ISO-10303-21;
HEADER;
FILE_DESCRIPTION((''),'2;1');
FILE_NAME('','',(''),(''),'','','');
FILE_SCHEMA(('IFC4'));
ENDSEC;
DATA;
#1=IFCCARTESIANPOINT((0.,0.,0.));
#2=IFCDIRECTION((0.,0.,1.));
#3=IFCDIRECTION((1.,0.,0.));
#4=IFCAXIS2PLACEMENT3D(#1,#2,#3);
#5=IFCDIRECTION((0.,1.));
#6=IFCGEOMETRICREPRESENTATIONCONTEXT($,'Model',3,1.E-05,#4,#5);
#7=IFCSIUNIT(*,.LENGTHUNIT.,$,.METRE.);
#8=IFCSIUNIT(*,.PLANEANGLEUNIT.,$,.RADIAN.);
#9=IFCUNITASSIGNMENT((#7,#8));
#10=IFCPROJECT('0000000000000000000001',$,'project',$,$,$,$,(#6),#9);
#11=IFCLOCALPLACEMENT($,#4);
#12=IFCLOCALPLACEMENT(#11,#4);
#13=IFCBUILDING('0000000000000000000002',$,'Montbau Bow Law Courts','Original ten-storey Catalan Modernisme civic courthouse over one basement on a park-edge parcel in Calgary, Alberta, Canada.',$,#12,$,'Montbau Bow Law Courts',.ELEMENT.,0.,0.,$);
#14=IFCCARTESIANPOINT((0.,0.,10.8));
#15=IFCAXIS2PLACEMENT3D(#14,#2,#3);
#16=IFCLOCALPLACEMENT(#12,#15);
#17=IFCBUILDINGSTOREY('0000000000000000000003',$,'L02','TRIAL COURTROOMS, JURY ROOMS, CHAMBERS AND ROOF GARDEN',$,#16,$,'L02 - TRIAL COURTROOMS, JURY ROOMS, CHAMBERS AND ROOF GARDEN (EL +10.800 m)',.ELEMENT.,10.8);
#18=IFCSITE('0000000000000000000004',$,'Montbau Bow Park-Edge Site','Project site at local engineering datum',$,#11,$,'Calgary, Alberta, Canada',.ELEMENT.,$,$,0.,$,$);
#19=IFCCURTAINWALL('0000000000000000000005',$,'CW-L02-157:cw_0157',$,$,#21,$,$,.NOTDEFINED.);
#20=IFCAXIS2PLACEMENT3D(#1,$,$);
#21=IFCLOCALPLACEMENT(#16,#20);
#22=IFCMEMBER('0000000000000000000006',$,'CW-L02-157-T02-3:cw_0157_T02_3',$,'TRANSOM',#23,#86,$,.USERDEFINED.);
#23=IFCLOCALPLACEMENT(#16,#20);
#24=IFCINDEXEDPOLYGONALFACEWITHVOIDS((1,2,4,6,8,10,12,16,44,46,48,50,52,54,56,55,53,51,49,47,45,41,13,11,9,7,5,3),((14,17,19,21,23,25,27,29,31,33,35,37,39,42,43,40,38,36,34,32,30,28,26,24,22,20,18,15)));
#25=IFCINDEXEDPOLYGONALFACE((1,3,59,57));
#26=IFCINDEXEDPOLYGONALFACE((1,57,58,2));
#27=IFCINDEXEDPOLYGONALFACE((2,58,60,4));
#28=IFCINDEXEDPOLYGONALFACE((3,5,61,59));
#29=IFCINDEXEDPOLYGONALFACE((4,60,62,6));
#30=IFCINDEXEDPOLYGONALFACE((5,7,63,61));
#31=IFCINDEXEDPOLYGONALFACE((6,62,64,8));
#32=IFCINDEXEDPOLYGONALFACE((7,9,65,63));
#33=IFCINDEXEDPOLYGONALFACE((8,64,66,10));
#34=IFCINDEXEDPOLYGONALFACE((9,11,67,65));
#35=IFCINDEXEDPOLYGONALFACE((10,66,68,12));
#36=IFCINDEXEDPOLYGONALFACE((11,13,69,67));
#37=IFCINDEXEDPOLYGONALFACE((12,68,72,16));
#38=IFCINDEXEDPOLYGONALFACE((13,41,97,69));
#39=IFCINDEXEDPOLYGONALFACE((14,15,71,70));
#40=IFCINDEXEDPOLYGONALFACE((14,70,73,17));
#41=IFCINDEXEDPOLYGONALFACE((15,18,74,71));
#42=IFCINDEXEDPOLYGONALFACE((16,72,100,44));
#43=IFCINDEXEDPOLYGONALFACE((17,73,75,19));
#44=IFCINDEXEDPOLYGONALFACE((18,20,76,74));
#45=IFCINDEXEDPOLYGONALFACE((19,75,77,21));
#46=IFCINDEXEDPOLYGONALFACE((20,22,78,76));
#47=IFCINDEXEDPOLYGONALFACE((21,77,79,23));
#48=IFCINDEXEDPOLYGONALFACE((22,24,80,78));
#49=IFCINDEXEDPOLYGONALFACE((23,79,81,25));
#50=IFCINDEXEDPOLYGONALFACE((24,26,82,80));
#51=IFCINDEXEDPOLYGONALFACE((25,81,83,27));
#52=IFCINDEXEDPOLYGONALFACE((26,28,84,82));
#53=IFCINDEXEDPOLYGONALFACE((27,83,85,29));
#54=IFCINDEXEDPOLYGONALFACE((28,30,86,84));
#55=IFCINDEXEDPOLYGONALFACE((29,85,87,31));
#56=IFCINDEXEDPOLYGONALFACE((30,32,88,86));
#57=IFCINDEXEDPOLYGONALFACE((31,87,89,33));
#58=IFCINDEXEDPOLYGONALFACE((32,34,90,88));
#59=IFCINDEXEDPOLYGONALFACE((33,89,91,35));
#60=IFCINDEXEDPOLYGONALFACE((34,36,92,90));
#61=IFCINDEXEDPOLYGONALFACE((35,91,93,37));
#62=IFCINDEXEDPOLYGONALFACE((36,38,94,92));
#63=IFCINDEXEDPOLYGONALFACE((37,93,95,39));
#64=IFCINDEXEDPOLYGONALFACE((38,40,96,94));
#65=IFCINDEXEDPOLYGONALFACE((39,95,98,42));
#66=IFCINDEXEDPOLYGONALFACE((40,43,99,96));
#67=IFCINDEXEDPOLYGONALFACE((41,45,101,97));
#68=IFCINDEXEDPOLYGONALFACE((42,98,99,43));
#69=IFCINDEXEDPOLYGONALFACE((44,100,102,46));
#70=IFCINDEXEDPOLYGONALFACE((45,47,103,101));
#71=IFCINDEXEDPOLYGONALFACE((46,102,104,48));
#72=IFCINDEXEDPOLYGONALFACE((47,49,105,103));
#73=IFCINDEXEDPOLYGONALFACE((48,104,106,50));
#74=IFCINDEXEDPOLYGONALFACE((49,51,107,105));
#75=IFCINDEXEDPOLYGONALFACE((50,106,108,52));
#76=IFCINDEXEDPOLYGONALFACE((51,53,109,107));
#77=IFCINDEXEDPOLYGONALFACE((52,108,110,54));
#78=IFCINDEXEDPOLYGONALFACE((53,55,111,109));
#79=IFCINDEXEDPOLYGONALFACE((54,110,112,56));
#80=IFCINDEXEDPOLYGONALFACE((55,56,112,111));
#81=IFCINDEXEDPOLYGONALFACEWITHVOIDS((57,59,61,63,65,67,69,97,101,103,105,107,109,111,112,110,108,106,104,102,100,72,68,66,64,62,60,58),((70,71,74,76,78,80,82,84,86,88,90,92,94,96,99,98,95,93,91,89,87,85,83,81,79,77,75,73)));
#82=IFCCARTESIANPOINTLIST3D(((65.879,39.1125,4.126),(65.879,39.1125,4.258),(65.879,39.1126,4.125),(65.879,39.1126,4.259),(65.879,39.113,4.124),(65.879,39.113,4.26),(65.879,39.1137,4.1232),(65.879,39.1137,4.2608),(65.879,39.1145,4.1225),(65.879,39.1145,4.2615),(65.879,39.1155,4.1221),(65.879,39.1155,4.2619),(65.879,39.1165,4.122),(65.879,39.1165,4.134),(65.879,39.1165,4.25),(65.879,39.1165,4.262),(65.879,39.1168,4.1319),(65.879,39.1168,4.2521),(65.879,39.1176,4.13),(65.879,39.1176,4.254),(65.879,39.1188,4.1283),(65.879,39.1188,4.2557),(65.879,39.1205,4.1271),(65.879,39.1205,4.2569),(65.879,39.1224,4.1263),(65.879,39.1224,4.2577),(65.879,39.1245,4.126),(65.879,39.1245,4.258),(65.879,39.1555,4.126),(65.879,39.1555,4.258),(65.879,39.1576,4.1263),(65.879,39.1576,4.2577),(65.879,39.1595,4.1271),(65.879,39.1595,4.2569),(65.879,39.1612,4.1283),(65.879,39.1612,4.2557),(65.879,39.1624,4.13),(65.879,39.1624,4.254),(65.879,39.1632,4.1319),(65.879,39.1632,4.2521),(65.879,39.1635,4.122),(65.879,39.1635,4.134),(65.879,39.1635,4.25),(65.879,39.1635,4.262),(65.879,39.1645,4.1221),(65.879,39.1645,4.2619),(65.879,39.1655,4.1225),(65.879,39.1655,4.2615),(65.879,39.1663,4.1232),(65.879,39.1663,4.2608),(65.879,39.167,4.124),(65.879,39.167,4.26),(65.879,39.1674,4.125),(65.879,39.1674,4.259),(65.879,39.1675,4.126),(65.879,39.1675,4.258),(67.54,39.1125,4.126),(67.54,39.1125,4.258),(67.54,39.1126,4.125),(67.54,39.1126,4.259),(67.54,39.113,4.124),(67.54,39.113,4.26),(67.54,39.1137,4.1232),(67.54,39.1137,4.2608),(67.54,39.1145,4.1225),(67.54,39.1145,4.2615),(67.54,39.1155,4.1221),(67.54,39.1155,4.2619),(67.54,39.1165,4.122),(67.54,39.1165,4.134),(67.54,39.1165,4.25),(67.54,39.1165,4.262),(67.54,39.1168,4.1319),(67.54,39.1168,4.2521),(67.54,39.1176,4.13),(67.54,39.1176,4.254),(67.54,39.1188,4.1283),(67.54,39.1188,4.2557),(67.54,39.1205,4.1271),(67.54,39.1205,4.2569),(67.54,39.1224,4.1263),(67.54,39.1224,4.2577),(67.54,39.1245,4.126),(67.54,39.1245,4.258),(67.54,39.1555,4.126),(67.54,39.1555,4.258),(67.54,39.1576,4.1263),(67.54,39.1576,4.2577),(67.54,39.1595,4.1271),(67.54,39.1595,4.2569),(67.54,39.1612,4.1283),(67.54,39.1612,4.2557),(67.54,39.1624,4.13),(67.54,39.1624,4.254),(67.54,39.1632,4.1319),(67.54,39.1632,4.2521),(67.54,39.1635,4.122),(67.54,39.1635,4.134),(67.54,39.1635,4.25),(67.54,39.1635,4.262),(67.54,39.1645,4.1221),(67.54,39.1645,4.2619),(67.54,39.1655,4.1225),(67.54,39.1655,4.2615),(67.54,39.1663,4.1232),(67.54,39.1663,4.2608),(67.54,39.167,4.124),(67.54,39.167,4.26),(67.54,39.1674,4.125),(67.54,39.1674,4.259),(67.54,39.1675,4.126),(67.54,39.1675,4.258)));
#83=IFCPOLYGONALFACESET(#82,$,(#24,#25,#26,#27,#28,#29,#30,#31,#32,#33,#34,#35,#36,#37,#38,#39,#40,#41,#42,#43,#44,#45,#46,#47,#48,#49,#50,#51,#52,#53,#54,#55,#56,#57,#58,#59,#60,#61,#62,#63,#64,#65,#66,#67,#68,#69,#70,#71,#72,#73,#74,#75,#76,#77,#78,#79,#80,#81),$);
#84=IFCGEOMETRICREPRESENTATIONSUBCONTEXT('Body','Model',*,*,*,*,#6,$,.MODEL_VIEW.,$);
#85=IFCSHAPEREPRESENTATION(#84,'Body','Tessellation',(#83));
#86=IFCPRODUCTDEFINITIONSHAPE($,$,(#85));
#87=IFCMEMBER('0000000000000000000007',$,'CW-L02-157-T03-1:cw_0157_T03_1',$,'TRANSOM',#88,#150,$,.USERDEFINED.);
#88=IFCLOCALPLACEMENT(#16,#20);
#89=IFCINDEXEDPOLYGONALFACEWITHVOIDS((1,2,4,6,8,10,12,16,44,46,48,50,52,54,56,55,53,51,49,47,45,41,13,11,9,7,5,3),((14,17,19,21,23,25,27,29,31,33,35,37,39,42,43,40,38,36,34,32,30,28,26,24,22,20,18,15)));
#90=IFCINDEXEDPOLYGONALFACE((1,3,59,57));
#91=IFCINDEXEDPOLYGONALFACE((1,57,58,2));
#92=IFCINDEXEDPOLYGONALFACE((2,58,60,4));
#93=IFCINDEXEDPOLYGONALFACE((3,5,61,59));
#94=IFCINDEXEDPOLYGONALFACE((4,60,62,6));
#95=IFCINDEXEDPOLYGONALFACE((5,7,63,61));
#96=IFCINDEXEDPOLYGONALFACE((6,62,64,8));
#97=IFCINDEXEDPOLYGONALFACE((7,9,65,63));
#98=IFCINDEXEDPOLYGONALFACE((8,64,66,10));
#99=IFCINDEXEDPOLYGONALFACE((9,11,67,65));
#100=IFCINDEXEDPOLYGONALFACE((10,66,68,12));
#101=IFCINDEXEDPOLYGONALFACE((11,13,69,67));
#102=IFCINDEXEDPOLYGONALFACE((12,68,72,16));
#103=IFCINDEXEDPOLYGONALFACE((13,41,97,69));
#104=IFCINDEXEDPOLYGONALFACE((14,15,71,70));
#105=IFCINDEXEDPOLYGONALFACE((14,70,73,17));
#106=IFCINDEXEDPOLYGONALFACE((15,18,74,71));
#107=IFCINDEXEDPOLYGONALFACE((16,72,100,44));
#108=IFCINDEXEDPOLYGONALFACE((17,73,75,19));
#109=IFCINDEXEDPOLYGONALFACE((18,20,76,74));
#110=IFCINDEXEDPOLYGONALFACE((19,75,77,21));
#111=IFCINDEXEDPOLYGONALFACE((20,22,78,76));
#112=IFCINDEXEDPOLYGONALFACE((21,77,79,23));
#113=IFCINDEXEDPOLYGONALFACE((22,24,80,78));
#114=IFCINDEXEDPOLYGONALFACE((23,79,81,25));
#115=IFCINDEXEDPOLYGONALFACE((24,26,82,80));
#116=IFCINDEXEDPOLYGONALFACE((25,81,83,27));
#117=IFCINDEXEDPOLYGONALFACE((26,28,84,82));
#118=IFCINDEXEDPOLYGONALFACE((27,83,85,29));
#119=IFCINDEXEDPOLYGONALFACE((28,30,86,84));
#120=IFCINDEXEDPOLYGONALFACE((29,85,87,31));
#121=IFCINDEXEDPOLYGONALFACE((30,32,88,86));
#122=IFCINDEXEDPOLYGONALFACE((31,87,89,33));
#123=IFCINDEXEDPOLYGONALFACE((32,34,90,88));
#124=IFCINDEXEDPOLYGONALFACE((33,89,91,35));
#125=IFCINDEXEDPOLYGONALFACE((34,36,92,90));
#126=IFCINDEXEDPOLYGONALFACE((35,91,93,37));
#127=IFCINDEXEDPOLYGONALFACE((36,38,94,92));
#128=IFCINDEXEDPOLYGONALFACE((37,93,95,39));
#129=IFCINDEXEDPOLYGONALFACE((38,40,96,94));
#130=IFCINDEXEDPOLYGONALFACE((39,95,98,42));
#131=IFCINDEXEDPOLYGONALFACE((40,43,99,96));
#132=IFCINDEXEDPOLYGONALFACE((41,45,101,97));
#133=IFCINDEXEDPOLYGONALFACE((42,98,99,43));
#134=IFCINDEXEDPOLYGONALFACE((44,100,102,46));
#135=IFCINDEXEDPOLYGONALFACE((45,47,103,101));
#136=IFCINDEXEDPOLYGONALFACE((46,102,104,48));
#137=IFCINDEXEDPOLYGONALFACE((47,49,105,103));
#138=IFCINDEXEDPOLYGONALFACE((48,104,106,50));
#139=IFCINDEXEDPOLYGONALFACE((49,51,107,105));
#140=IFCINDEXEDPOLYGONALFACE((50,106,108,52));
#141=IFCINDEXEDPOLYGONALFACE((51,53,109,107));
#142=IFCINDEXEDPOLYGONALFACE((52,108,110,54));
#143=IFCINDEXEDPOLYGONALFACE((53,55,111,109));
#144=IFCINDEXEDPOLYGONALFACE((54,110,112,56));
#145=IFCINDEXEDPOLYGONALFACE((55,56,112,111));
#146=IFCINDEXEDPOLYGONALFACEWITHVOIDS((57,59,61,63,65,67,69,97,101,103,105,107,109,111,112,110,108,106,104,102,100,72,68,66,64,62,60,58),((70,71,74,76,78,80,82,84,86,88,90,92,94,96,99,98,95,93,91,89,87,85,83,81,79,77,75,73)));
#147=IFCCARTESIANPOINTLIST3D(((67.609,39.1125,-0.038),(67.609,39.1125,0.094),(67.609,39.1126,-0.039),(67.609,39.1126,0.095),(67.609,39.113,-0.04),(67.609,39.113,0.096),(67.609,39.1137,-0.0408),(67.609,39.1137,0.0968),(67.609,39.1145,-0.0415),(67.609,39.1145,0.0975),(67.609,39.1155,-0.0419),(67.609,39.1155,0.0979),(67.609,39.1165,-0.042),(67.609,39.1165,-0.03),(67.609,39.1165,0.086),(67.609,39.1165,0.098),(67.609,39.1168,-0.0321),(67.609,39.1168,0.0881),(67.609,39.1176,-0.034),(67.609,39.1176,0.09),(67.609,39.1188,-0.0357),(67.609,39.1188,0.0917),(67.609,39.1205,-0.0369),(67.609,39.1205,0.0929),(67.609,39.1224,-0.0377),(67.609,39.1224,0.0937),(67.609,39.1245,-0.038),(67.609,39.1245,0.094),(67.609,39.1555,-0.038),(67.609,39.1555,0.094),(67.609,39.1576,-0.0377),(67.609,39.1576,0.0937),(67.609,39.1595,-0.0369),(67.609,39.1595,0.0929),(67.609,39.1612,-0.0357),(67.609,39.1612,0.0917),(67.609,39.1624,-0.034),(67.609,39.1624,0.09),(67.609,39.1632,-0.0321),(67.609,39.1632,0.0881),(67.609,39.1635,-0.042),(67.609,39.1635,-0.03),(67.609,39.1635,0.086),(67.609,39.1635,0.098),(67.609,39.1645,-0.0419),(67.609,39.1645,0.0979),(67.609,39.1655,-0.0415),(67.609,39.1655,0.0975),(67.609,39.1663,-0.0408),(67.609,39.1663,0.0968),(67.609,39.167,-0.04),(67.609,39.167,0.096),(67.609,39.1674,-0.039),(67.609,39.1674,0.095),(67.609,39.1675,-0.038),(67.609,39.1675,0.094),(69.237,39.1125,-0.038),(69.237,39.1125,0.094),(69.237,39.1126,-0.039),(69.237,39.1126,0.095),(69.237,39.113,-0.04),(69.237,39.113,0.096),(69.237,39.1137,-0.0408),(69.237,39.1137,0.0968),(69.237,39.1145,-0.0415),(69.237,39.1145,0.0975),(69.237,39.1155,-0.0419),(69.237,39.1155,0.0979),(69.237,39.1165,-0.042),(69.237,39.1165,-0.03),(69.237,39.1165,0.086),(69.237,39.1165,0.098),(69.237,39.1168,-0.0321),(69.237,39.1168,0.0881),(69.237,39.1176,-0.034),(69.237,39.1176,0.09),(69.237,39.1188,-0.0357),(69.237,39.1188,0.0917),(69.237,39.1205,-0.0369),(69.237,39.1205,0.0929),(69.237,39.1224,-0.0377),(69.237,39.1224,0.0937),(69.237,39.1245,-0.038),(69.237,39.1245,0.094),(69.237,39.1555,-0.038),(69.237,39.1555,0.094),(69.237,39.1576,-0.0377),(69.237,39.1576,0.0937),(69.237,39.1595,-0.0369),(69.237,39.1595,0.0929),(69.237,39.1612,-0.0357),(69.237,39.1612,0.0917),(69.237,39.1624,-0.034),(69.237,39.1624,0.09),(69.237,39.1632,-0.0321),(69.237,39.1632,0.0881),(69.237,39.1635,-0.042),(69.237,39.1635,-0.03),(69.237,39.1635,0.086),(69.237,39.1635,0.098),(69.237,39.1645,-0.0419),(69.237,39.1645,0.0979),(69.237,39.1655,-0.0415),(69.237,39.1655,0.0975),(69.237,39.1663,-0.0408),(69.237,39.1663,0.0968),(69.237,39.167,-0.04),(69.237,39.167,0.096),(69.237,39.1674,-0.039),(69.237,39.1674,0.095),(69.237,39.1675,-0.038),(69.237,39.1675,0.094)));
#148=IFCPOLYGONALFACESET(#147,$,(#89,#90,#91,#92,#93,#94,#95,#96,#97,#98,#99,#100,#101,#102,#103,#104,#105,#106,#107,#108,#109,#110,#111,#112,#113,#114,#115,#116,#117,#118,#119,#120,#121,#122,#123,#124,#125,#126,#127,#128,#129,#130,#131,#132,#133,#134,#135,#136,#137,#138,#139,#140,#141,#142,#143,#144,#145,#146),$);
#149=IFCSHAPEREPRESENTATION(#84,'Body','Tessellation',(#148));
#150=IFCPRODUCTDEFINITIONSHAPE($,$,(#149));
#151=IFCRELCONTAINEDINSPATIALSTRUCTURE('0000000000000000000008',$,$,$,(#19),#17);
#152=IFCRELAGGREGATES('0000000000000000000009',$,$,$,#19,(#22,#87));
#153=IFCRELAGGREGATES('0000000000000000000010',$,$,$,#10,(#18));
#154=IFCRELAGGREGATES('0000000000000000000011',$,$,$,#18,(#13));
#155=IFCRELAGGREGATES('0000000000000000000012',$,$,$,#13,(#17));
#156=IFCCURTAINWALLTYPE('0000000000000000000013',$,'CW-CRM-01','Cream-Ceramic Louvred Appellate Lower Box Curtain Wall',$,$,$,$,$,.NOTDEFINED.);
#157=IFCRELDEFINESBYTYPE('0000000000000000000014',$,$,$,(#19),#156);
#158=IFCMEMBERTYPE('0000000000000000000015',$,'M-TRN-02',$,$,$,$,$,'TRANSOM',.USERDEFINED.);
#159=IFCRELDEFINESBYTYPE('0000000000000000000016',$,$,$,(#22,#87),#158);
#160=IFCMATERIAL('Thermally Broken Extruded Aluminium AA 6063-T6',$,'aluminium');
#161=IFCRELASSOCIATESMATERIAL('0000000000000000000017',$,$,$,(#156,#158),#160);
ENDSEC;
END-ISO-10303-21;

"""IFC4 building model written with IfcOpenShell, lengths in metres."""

from ifc_helpers import new_model, si_unit, direction, frame, origin_with_axes, origin_2d_with_axis, place, context, subcontext, project, spatial, hollow_rectangle, extrude, material, material_profile, profile_set, type_object, element, aggregate, save


model = new_model("IFC4")

# Units and contexts
model_context = context("Model", 3, precision=1e-05, world=origin_with_axes(), true_north=direction((0.0, 1.0)))
body_context = subcontext(model_context, "Body", "Model", "MODEL_VIEW")
ifc_project = project(units=[si_unit("LENGTHUNIT", "METRE"), si_unit("PLANEANGLEUNIT", "RADIAN")], contexts=[model_context])

# Site, building, storey
site_placement = place(None, origin_with_axes())
site = spatial("IfcSite", under=ifc_project, at=site_placement, Name="Montbau Bow Park-Edge Site", Description="Project site at local engineering datum", LongName="Calgary, Alberta, Canada", CompositionType="ELEMENT", RefElevation=0.0)
building_placement = place(site_placement, origin_with_axes())
building = spatial("IfcBuilding", under=site, at=building_placement, Name="Montbau Bow Law Courts", Description="Original ten-storey Catalan Modernisme civic courthouse over one basement on a park-edge parcel in Calgary, Alberta, Canada.", LongName="Montbau Bow Law Courts", CompositionType="ELEMENT", ElevationOfRefHeight=0.0, ElevationOfTerrain=0.0)
storey_placement = place(building_placement, frame((0.0, 0.0, 10.8), z_axis=(0.0, 0.0, 1.0), x_axis=(1.0, 0.0, 0.0)))
storey = spatial("IfcBuildingStorey", under=building, at=storey_placement, Name="L02", Description="TRIAL COURTROOMS, JURY ROOMS, CHAMBERS AND ROOF GARDEN", LongName="L02 - TRIAL COURTROOMS, JURY ROOMS, CHAMBERS AND ROOF GARDEN (EL +10.800 m)", CompositionType="ELEMENT", Elevation=10.8)

# Curtain wall, members
ifc_material_1 = material(Name="Thermally Broken Extruded Aluminium AA 6063-T6", Category="aluminium")
curtain_wall_type = type_object("IfcCurtainWallType", Name="CW-CRM-01", Description="Cream-Ceramic Louvred Appellate Lower Box Curtain Wall", PredefinedType="NOTDEFINED", material=ifc_material_1)
curtain_wall_placement = place(None, frame((64.115, 39.14, 10.8), z_axis=(0.0, 0.0, 1.0), x_axis=(1.0, 0.0, 0.0)))
curtain_wall = element("IfcCurtainWall", 1, at=curtain_wall_placement, inside=storey, type_object=curtain_wall_type, Name="CW-L02-157:cw_0157", PredefinedType="NOTDEFINED")
ifc_material_profile_1 = material_profile(ifc_material_1, hollow_rectangle(XDim=0.055, YDim=0.14, WallThickness=0.004, InnerFilletRadius=0.008, OuterFilletRadius=0.004, at=origin_2d_with_axis()), Name="CWT-140X55", Category="Main", Priority=0)
ifc_profile_set_1 = profile_set([ifc_material_profile_1], Name="Thermally Broken Extruded Aluminium AA 6063-T6")
member_type_1 = type_object("IfcMemberType", Name="M-TRN-02", ElementType="TRANSOM", PredefinedType="USERDEFINED", material=ifc_profile_set_1)
member_1_placement = place(None, frame((65.879, 39.14, 14.992), z_axis=(1.0, 0.0, 0.0), x_axis=(0.0, 1.0, 0.0)))
member_1 = element("IfcMember", 2, at=member_1_placement, type_object=member_type_1, Name="CW-L02-157-T02-3:cw_0157_T02_3", ObjectType="TRANSOM", PredefinedType="USERDEFINED", context=body_context, shape_type="SweptSolid", body=[
    extrude(hollow_rectangle(XDim=0.055, YDim=0.14, WallThickness=0.004, InnerFilletRadius=0.008, OuterFilletRadius=0.004, at=origin_2d_with_axis()), origin_with_axes(), (0.0, 0.0, 1.0), 1.661),
])
member_2_placement = place(None, frame((67.609, 39.14, 10.828), z_axis=(1.0, 0.0, 0.0), x_axis=(0.0, 1.0, 0.0)))
member_2 = element("IfcMember", 3, at=member_2_placement, type_object=member_type_1, Name="CW-L02-157-T03-1:cw_0157_T03_1", ObjectType="TRANSOM", PredefinedType="USERDEFINED", context=body_context, shape_type="SweptSolid", body=[
    extrude(hollow_rectangle(XDim=0.055, YDim=0.14, WallThickness=0.004, InnerFilletRadius=0.008, OuterFilletRadius=0.004, at=origin_2d_with_axis()), origin_with_axes(), (0.0, 0.0, 1.0), 1.628),
])
aggregate(curtain_wall, [member_1, member_2])

save(model, "model.ifc")
